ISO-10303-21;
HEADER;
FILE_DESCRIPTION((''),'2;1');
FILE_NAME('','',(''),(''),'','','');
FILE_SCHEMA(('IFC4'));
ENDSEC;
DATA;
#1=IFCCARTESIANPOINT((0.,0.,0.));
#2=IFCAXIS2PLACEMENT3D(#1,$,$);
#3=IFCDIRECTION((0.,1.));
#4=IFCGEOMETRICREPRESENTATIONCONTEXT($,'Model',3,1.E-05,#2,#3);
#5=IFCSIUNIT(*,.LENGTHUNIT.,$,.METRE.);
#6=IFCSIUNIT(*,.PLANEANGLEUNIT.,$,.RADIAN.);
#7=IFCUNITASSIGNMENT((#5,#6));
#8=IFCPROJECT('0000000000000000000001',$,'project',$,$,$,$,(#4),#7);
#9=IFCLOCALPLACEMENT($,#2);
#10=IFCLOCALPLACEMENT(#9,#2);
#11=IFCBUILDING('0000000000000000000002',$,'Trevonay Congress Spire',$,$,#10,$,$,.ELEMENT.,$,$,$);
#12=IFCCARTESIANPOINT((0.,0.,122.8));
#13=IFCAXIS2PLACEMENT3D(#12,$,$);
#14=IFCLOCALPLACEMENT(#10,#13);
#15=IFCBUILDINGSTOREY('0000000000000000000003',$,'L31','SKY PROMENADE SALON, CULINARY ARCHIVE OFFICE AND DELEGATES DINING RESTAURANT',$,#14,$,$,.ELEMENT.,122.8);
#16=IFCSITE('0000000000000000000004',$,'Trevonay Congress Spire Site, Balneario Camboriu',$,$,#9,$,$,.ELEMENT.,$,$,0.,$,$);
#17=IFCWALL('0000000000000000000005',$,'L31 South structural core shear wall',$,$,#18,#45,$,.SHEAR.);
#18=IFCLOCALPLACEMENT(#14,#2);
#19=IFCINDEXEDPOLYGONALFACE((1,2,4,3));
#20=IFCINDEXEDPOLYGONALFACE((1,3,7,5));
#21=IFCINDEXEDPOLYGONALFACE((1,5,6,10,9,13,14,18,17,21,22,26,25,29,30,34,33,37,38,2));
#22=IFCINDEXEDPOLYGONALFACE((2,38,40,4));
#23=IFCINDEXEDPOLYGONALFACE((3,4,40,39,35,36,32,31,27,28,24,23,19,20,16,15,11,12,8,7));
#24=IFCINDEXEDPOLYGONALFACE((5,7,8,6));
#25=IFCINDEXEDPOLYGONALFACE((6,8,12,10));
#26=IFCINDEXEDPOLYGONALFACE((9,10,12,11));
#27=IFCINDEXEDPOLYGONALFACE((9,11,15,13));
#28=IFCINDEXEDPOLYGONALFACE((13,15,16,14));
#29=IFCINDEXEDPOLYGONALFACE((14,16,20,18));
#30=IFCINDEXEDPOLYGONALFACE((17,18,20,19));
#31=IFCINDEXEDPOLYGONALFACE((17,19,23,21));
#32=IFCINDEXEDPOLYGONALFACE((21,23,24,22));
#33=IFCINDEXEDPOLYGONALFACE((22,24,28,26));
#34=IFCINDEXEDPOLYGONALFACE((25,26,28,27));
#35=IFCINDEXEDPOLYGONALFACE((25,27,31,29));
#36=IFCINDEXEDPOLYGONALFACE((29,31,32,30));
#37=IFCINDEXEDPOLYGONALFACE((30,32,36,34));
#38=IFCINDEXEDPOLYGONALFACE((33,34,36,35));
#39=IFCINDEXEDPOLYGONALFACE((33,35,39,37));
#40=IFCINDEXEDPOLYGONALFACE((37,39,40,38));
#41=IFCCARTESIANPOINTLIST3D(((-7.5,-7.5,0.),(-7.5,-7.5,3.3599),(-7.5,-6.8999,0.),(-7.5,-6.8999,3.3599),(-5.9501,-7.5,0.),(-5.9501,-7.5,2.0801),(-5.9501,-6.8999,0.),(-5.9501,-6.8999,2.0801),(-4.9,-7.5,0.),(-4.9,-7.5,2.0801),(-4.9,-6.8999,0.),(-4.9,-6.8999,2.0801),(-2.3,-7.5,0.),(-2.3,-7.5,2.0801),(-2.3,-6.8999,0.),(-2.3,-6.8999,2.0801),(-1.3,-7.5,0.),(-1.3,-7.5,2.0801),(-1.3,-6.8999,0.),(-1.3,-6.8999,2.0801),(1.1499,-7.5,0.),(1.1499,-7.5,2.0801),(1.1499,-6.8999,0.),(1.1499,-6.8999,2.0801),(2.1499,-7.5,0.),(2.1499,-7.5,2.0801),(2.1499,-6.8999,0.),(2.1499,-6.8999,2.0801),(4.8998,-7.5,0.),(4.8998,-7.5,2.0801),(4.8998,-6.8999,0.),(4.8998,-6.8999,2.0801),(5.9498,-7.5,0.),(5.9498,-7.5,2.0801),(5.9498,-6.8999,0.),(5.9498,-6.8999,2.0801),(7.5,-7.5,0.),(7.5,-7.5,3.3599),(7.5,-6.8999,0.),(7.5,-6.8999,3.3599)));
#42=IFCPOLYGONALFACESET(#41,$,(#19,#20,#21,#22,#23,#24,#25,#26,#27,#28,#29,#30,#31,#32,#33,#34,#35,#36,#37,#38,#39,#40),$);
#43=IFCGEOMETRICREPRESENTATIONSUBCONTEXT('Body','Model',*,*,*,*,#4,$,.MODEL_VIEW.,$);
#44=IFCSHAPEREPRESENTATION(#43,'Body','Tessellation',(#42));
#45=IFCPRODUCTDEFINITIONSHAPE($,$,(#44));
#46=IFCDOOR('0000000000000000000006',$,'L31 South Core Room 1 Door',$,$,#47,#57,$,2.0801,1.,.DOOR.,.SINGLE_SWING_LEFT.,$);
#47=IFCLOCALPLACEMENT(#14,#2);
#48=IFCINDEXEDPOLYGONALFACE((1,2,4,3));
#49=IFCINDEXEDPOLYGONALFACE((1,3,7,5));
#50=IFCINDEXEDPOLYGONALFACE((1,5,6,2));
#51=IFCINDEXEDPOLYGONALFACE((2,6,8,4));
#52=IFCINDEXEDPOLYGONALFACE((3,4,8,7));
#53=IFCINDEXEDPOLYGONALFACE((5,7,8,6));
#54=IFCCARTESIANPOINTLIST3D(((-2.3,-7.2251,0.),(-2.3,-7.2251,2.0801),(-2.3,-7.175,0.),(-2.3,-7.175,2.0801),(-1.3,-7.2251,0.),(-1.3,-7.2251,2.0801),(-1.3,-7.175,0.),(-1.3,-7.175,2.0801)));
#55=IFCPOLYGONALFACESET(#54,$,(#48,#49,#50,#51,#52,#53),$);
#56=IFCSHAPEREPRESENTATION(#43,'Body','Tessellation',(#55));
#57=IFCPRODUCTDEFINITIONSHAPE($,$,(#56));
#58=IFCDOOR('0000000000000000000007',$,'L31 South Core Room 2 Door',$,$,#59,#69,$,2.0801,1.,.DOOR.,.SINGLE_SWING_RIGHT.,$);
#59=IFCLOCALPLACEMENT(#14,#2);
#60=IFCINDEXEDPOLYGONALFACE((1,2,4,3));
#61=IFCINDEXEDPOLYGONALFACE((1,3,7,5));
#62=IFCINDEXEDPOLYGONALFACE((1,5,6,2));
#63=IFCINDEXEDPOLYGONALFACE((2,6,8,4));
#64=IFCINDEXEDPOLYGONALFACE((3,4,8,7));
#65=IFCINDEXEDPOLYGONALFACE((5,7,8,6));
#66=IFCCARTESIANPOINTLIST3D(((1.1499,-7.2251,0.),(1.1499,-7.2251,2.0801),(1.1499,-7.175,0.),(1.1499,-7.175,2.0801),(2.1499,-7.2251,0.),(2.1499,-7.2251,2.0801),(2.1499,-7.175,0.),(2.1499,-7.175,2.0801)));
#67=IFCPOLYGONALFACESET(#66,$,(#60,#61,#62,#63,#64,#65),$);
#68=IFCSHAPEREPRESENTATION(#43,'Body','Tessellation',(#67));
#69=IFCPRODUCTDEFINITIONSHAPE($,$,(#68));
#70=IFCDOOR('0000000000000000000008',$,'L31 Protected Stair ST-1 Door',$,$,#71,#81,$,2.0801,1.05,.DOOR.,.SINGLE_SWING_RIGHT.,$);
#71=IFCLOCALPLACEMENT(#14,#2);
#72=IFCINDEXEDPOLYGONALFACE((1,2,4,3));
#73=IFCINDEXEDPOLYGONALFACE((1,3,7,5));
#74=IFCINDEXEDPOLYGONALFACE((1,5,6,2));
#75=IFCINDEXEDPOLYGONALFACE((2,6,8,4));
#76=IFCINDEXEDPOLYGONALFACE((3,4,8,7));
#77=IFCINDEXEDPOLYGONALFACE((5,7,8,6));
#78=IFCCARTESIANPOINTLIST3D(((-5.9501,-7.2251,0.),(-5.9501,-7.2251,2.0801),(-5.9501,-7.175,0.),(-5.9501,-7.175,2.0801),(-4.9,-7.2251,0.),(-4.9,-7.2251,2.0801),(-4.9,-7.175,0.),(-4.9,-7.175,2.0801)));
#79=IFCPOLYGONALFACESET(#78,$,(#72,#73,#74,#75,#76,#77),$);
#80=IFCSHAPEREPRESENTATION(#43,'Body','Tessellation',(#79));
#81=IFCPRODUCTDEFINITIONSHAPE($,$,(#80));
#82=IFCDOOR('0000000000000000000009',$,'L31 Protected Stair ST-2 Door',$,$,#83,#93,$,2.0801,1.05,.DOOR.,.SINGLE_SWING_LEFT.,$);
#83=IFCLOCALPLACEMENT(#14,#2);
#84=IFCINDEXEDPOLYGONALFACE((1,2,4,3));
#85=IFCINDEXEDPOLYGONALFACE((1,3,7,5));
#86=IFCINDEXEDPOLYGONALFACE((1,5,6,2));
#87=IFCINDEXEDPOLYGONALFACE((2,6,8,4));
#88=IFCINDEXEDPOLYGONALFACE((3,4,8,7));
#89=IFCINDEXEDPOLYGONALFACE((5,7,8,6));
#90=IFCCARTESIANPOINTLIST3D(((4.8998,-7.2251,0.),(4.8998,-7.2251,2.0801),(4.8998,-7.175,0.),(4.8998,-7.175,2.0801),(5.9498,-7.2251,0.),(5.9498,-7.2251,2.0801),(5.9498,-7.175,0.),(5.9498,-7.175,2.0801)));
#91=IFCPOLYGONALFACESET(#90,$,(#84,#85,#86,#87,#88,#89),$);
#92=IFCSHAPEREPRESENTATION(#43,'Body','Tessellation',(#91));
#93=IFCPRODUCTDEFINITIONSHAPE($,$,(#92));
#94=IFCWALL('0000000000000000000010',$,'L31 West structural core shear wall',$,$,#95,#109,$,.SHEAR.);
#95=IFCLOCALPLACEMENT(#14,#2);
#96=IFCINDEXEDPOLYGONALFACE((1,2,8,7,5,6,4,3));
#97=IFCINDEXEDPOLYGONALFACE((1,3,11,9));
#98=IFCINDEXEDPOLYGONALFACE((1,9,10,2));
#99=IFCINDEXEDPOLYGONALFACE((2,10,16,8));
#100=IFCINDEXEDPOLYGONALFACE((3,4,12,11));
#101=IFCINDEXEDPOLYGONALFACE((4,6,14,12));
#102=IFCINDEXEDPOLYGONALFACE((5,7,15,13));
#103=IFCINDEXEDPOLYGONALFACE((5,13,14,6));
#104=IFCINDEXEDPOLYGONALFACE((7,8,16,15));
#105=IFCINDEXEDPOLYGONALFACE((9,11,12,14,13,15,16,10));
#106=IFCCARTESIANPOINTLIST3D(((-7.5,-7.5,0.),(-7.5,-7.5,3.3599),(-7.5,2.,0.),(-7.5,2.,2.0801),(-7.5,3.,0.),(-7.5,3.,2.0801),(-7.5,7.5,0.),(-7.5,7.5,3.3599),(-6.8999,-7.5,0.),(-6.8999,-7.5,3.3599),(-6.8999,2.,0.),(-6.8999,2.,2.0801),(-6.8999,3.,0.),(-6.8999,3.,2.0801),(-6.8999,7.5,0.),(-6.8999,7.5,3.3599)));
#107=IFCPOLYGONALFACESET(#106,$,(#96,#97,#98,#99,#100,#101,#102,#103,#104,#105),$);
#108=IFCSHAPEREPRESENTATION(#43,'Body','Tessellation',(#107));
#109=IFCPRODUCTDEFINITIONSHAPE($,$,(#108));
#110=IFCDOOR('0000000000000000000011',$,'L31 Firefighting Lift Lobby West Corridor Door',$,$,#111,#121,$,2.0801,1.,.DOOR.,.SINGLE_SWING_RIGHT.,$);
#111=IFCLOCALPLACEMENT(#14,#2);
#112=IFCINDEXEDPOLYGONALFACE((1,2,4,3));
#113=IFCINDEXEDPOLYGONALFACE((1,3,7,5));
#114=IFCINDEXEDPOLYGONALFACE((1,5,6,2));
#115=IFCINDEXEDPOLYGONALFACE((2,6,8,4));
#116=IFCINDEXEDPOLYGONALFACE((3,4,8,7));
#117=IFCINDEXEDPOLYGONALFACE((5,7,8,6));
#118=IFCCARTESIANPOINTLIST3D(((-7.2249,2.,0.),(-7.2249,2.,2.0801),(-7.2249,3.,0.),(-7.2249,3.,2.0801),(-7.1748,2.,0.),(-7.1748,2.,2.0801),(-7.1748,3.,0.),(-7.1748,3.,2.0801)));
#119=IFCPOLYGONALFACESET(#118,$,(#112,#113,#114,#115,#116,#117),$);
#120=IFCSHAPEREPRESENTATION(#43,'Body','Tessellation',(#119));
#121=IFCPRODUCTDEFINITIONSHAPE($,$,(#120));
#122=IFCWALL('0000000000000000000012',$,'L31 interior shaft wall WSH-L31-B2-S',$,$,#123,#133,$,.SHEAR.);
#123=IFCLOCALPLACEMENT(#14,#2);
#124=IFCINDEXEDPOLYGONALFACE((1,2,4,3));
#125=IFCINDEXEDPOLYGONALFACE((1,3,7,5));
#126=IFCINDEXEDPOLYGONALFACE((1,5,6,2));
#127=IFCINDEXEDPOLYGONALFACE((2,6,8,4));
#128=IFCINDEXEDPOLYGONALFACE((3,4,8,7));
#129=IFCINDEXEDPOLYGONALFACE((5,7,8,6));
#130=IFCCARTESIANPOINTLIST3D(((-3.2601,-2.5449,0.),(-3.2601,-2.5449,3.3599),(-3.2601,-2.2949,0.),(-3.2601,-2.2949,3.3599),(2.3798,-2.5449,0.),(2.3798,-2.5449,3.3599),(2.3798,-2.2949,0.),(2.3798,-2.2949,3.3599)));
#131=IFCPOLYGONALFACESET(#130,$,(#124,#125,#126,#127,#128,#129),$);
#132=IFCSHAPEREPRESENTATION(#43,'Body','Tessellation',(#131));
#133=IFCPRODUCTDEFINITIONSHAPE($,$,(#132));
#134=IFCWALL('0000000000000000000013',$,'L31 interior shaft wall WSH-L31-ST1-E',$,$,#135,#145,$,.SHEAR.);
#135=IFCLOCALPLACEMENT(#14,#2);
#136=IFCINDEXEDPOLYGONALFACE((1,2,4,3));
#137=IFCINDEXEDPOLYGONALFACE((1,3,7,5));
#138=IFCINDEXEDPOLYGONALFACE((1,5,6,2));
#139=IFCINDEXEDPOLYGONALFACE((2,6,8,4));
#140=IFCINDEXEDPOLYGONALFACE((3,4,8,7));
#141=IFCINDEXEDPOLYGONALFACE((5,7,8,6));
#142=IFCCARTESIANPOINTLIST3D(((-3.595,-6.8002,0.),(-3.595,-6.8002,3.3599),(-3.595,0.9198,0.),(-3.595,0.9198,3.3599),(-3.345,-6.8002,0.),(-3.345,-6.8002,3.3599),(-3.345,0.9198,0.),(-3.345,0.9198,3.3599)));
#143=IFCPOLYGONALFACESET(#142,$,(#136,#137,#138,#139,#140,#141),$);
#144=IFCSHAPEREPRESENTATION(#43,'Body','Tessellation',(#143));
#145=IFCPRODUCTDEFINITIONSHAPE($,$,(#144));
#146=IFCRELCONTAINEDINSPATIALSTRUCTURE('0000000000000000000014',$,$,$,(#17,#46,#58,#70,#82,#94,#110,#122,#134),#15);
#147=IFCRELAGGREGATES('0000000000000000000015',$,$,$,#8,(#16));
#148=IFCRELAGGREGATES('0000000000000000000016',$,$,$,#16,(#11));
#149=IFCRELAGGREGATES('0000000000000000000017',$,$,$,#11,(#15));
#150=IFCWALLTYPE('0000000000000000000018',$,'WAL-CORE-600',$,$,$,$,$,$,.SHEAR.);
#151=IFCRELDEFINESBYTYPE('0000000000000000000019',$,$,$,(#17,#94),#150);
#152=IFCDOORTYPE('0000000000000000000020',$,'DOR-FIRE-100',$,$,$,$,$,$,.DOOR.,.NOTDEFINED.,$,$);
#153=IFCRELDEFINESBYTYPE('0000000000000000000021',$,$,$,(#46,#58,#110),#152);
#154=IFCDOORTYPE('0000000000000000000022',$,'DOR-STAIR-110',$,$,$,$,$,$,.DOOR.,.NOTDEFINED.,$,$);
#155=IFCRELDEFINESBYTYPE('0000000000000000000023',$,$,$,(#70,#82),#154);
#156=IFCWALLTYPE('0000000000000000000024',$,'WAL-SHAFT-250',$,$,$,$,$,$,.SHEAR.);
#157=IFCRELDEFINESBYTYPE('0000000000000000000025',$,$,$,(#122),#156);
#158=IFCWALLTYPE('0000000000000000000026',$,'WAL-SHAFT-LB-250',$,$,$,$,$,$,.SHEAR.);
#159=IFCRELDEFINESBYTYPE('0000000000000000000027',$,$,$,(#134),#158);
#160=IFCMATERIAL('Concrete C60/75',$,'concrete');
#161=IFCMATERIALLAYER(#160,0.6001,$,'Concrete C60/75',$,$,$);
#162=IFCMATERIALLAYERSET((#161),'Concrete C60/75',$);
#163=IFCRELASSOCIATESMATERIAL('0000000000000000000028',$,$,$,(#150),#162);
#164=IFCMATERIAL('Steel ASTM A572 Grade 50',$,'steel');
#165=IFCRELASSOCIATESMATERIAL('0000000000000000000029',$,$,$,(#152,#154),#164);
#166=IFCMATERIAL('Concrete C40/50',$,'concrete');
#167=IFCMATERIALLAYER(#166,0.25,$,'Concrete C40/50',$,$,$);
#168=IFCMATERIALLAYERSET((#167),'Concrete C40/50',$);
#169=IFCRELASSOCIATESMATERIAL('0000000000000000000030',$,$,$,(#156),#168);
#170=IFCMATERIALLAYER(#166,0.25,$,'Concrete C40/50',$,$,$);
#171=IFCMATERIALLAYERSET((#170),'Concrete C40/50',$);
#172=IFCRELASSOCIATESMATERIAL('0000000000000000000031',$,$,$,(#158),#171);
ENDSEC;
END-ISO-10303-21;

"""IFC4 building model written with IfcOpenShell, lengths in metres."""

from ifc_helpers import new_model, si_unit, direction, frame, frame_2d, origin, place, context, subcontext, project, spatial, rectangle, extrude, material, layer, layer_set, type_object, element, fill, save


model = new_model("IFC4")

# Units and contexts
model_context = context("Model", 3, precision=1e-05, world=origin(), true_north=direction((0.0, 1.0)))
body_context = subcontext(model_context, "Body", "Model", "MODEL_VIEW")
ifc_project = project(units=[si_unit("LENGTHUNIT", "METRE"), si_unit("PLANEANGLEUNIT", "RADIAN")], contexts=[model_context])

# Site, building, storey
site_placement = place(None, origin())
site = spatial("IfcSite", under=ifc_project, at=site_placement, Name="Trevonay Congress Spire Site, Balneario Camboriu", CompositionType="ELEMENT", RefElevation=0.0)
building_placement = place(site_placement, origin())
building = spatial("IfcBuilding", under=site, at=building_placement, Name="Trevonay Congress Spire", CompositionType="ELEMENT")
storey_placement = place(building_placement, frame((0.0, 0.0, 122.8)))
storey = spatial("IfcBuildingStorey", under=building, at=storey_placement, Name="L31", Description="SKY PROMENADE SALON, CULINARY ARCHIVE OFFICE AND DELEGATES DINING RESTAURANT", CompositionType="ELEMENT", Elevation=122.8)

# Shared definitions
ifc_material_1 = material(Name="Steel ASTM A572 Grade 50", Category="steel")

# Shared definitions
ifc_material_2 = material(Name="Concrete C40/50", Category="concrete")

# Wall, openings, doors
ifc_material_3 = material(Name="Concrete C60/75", Category="concrete")
ifc_layer_1 = layer(ifc_material_3, 0.6001, Name="Concrete C60/75")
ifc_layer_set_1 = layer_set([ifc_layer_1], Name="Concrete C60/75")
wall_type_1 = type_object("IfcWallType", Name="WAL-CORE-600", PredefinedType="SHEAR", material=ifc_layer_set_1)
wall_1_placement = place(storey_placement, frame((-7.5, -7.2, 0.0), z_axis=(0.0, 0.0, 1.0), x_axis=(1.0, 0.0, 0.0)))
wall_1 = element("IfcWall", 1, at=wall_1_placement, inside=storey, type_object=wall_type_1, Name="L31 South structural core shear wall", PredefinedType="SHEAR", context=body_context, shape_type="SweptSolid", body=[
    extrude(rectangle(XDim=15.0, YDim=0.6001, at=frame_2d((7.5, 0.0))), origin(), (0.0, 0.0, 1.0), 3.3599),
])
opening_1_placement = place(wall_1_placement, frame((1.55, 0.0, 0.0)))
opening_1 = element("IfcOpeningElement", 2, at=opening_1_placement, cuts=wall_1, PredefinedType="OPENING", context=body_context, shape_type="SweptSolid", body=[
    extrude(rectangle(XDim=1.05, YDim=2.0801, at=frame_2d((0.5249, 1.04))), frame((0.0, 0.3101, 0.0), z_axis=(0.0, -1.0, 0.0), x_axis=(1.0, 0.0, 0.0)), (0.0, 0.0, 1.0), 0.6201),
])
opening_2_placement = place(wall_1_placement, frame((12.3999, 0.0, 0.0)))
opening_2 = element("IfcOpeningElement", 3, at=opening_2_placement, cuts=wall_1, PredefinedType="OPENING", context=body_context, shape_type="SweptSolid", body=[
    extrude(rectangle(XDim=1.05, YDim=2.0801, at=frame_2d((0.5249, 1.04))), frame((0.0, 0.3101, 0.0), z_axis=(0.0, -1.0, 0.0), x_axis=(1.0, 0.0, 0.0)), (0.0, 0.0, 1.0), 0.6201),
])
opening_3_placement = place(wall_1_placement, frame((5.2, 0.0, 0.0)))
opening_3 = element("IfcOpeningElement", 4, at=opening_3_placement, cuts=wall_1, PredefinedType="OPENING", context=body_context, shape_type="SweptSolid", body=[
    extrude(rectangle(XDim=1.0, YDim=2.0801, at=frame_2d((0.5, 1.04))), frame((0.0, 0.3101, 0.0), z_axis=(0.0, -1.0, 0.0), x_axis=(1.0, 0.0, 0.0)), (0.0, 0.0, 1.0), 0.6201),
])
opening_4_placement = place(wall_1_placement, frame((8.6499, 0.0, 0.0)))
opening_4 = element("IfcOpeningElement", 5, at=opening_4_placement, cuts=wall_1, PredefinedType="OPENING", context=body_context, shape_type="SweptSolid", body=[
    extrude(rectangle(XDim=1.0, YDim=2.0801, at=frame_2d((0.5, 1.04))), frame((0.0, 0.3101, 0.0), z_axis=(0.0, -1.0, 0.0), x_axis=(1.0, 0.0, 0.0)), (0.0, 0.0, 1.0), 0.6201),
])
door_type_1 = type_object("IfcDoorType", Name="DOR-FIRE-100", OperationType="NOTDEFINED", PredefinedType="DOOR", material=ifc_material_1)
door_1_placement = place(opening_3_placement, origin())
door_1 = element("IfcDoor", 6, at=door_1_placement, inside=storey, type_object=door_type_1, Name="L31 South Core Room 1 Door", OperationType="SINGLE_SWING_LEFT", OverallHeight=2.0801, OverallWidth=1.0, PredefinedType="DOOR", context=body_context, shape_type="SweptSolid", body=[
    extrude(rectangle(XDim=1.0, YDim=2.0801, at=frame_2d((0.5, 1.04))), frame((0.0, 0.0249, 0.0), z_axis=(0.0, -1.0, 0.0), x_axis=(1.0, 0.0, 0.0)), (0.0, 0.0, 1.0), 0.05),
])
fill(opening_3, door_1)
door_2_placement = place(opening_4_placement, origin())
door_2 = element("IfcDoor", 7, at=door_2_placement, inside=storey, type_object=door_type_1, Name="L31 South Core Room 2 Door", OperationType="SINGLE_SWING_RIGHT", OverallHeight=2.0801, OverallWidth=1.0, PredefinedType="DOOR", context=body_context, shape_type="SweptSolid", body=[
    extrude(rectangle(XDim=1.0, YDim=2.0801, at=frame_2d((0.5, 1.04))), frame((0.0, 0.0249, 0.0), z_axis=(0.0, -1.0, 0.0), x_axis=(1.0, 0.0, 0.0)), (0.0, 0.0, 1.0), 0.05),
])
fill(opening_4, door_2)
door_type_2 = type_object("IfcDoorType", Name="DOR-STAIR-110", OperationType="NOTDEFINED", PredefinedType="DOOR", material=ifc_material_1)
door_3_placement = place(opening_1_placement, origin())
door_3 = element("IfcDoor", 8, at=door_3_placement, inside=storey, type_object=door_type_2, Name="L31 Protected Stair ST-1 Door", OperationType="SINGLE_SWING_RIGHT", OverallHeight=2.0801, OverallWidth=1.05, PredefinedType="DOOR", context=body_context, shape_type="SweptSolid", body=[
    extrude(rectangle(XDim=1.05, YDim=2.0801, at=frame_2d((0.5249, 1.04))), frame((0.0, 0.0249, 0.0), z_axis=(0.0, -1.0, 0.0), x_axis=(1.0, 0.0, 0.0)), (0.0, 0.0, 1.0), 0.05),
])
fill(opening_1, door_3)
door_4_placement = place(opening_2_placement, origin())
door_4 = element("IfcDoor", 9, at=door_4_placement, inside=storey, type_object=door_type_2, Name="L31 Protected Stair ST-2 Door", OperationType="SINGLE_SWING_LEFT", OverallHeight=2.0801, OverallWidth=1.05, PredefinedType="DOOR", context=body_context, shape_type="SweptSolid", body=[
    extrude(rectangle(XDim=1.05, YDim=2.0801, at=frame_2d((0.5249, 1.04))), frame((0.0, 0.0249, 0.0), z_axis=(0.0, -1.0, 0.0), x_axis=(1.0, 0.0, 0.0)), (0.0, 0.0, 1.0), 0.05),
])
fill(opening_2, door_4)

# Wall, opening, door
wall_2_placement = place(storey_placement, frame((-7.2, -7.5, 0.0), z_axis=(0.0, 0.0, 1.0), x_axis=(0.0, 1.0, 0.0)))
wall_2 = element("IfcWall", 10, at=wall_2_placement, inside=storey, type_object=wall_type_1, Name="L31 West structural core shear wall", PredefinedType="SHEAR", context=body_context, shape_type="SweptSolid", body=[
    extrude(rectangle(XDim=15.0, YDim=0.6001, at=frame_2d((7.5, 0.0))), origin(), (0.0, 0.0, 1.0), 3.3599),
])
opening_5_placement = place(wall_2_placement, frame((9.5, 0.0, 0.0)))
opening_5 = element("IfcOpeningElement", 11, at=opening_5_placement, cuts=wall_2, PredefinedType="OPENING", context=body_context, shape_type="SweptSolid", body=[
    extrude(rectangle(XDim=1.0, YDim=2.0801, at=frame_2d((0.5, 1.04))), frame((0.0, 0.3101, 0.0), z_axis=(0.0, -1.0, 0.0), x_axis=(1.0, 0.0, 0.0)), (0.0, 0.0, 1.0), 0.6201),
])
door_5_placement = place(opening_5_placement, origin())
door_5 = element("IfcDoor", 12, at=door_5_placement, inside=storey, type_object=door_type_1, Name="L31 Firefighting Lift Lobby West Corridor Door", OperationType="SINGLE_SWING_RIGHT", OverallHeight=2.0801, OverallWidth=1.0, PredefinedType="DOOR", context=body_context, shape_type="SweptSolid", body=[
    extrude(rectangle(XDim=1.0, YDim=2.0801, at=frame_2d((0.5, 1.04))), frame((0.0, 0.0249, 0.0), z_axis=(0.0, -1.0, 0.0), x_axis=(1.0, 0.0, 0.0)), (0.0, 0.0, 1.0), 0.05),
])
fill(opening_5, door_5)

# Walls
ifc_layer_2 = layer(ifc_material_2, 0.25, Name="Concrete C40/50")
ifc_layer_set_2 = layer_set([ifc_layer_2], Name="Concrete C40/50")
wall_type_2 = type_object("IfcWallType", Name="WAL-SHAFT-250", PredefinedType="SHEAR", material=ifc_layer_set_2)
wall_3_placement = place(storey_placement, frame((-3.26, -2.4199, 0.0), z_axis=(0.0, 0.0, 1.0), x_axis=(1.0, 0.0, 0.0)))
element("IfcWall", 13, at=wall_3_placement, inside=storey, type_object=wall_type_2, Name="L31 interior shaft wall WSH-L31-B2-S", PredefinedType="SHEAR", context=body_context, shape_type="SweptSolid", body=[
    extrude(rectangle(XDim=5.6399, YDim=0.25, at=frame_2d((2.8198, 0.0))), origin(), (0.0, 0.0, 1.0), 3.3599),
])
ifc_layer_3 = layer(ifc_material_2, 0.25, Name="Concrete C40/50")
ifc_layer_set_3 = layer_set([ifc_layer_3], Name="Concrete C40/50")
wall_type_3 = type_object("IfcWallType", Name="WAL-SHAFT-LB-250", PredefinedType="SHEAR", material=ifc_layer_set_3)
wall_4_placement = place(storey_placement, frame((-3.47, -6.8, 0.0), z_axis=(0.0, 0.0, 1.0), x_axis=(0.0, 1.0, 0.0)))
element("IfcWall", 14, at=wall_4_placement, inside=storey, type_object=wall_type_3, Name="L31 interior shaft wall WSH-L31-ST1-E", PredefinedType="SHEAR", context=body_context, shape_type="SweptSolid", body=[
    extrude(rectangle(XDim=7.72, YDim=0.25, at=frame_2d((3.8599, 0.0))), origin(), (0.0, 0.0, 1.0), 3.3599),
])

save(model, "model.ifc")
